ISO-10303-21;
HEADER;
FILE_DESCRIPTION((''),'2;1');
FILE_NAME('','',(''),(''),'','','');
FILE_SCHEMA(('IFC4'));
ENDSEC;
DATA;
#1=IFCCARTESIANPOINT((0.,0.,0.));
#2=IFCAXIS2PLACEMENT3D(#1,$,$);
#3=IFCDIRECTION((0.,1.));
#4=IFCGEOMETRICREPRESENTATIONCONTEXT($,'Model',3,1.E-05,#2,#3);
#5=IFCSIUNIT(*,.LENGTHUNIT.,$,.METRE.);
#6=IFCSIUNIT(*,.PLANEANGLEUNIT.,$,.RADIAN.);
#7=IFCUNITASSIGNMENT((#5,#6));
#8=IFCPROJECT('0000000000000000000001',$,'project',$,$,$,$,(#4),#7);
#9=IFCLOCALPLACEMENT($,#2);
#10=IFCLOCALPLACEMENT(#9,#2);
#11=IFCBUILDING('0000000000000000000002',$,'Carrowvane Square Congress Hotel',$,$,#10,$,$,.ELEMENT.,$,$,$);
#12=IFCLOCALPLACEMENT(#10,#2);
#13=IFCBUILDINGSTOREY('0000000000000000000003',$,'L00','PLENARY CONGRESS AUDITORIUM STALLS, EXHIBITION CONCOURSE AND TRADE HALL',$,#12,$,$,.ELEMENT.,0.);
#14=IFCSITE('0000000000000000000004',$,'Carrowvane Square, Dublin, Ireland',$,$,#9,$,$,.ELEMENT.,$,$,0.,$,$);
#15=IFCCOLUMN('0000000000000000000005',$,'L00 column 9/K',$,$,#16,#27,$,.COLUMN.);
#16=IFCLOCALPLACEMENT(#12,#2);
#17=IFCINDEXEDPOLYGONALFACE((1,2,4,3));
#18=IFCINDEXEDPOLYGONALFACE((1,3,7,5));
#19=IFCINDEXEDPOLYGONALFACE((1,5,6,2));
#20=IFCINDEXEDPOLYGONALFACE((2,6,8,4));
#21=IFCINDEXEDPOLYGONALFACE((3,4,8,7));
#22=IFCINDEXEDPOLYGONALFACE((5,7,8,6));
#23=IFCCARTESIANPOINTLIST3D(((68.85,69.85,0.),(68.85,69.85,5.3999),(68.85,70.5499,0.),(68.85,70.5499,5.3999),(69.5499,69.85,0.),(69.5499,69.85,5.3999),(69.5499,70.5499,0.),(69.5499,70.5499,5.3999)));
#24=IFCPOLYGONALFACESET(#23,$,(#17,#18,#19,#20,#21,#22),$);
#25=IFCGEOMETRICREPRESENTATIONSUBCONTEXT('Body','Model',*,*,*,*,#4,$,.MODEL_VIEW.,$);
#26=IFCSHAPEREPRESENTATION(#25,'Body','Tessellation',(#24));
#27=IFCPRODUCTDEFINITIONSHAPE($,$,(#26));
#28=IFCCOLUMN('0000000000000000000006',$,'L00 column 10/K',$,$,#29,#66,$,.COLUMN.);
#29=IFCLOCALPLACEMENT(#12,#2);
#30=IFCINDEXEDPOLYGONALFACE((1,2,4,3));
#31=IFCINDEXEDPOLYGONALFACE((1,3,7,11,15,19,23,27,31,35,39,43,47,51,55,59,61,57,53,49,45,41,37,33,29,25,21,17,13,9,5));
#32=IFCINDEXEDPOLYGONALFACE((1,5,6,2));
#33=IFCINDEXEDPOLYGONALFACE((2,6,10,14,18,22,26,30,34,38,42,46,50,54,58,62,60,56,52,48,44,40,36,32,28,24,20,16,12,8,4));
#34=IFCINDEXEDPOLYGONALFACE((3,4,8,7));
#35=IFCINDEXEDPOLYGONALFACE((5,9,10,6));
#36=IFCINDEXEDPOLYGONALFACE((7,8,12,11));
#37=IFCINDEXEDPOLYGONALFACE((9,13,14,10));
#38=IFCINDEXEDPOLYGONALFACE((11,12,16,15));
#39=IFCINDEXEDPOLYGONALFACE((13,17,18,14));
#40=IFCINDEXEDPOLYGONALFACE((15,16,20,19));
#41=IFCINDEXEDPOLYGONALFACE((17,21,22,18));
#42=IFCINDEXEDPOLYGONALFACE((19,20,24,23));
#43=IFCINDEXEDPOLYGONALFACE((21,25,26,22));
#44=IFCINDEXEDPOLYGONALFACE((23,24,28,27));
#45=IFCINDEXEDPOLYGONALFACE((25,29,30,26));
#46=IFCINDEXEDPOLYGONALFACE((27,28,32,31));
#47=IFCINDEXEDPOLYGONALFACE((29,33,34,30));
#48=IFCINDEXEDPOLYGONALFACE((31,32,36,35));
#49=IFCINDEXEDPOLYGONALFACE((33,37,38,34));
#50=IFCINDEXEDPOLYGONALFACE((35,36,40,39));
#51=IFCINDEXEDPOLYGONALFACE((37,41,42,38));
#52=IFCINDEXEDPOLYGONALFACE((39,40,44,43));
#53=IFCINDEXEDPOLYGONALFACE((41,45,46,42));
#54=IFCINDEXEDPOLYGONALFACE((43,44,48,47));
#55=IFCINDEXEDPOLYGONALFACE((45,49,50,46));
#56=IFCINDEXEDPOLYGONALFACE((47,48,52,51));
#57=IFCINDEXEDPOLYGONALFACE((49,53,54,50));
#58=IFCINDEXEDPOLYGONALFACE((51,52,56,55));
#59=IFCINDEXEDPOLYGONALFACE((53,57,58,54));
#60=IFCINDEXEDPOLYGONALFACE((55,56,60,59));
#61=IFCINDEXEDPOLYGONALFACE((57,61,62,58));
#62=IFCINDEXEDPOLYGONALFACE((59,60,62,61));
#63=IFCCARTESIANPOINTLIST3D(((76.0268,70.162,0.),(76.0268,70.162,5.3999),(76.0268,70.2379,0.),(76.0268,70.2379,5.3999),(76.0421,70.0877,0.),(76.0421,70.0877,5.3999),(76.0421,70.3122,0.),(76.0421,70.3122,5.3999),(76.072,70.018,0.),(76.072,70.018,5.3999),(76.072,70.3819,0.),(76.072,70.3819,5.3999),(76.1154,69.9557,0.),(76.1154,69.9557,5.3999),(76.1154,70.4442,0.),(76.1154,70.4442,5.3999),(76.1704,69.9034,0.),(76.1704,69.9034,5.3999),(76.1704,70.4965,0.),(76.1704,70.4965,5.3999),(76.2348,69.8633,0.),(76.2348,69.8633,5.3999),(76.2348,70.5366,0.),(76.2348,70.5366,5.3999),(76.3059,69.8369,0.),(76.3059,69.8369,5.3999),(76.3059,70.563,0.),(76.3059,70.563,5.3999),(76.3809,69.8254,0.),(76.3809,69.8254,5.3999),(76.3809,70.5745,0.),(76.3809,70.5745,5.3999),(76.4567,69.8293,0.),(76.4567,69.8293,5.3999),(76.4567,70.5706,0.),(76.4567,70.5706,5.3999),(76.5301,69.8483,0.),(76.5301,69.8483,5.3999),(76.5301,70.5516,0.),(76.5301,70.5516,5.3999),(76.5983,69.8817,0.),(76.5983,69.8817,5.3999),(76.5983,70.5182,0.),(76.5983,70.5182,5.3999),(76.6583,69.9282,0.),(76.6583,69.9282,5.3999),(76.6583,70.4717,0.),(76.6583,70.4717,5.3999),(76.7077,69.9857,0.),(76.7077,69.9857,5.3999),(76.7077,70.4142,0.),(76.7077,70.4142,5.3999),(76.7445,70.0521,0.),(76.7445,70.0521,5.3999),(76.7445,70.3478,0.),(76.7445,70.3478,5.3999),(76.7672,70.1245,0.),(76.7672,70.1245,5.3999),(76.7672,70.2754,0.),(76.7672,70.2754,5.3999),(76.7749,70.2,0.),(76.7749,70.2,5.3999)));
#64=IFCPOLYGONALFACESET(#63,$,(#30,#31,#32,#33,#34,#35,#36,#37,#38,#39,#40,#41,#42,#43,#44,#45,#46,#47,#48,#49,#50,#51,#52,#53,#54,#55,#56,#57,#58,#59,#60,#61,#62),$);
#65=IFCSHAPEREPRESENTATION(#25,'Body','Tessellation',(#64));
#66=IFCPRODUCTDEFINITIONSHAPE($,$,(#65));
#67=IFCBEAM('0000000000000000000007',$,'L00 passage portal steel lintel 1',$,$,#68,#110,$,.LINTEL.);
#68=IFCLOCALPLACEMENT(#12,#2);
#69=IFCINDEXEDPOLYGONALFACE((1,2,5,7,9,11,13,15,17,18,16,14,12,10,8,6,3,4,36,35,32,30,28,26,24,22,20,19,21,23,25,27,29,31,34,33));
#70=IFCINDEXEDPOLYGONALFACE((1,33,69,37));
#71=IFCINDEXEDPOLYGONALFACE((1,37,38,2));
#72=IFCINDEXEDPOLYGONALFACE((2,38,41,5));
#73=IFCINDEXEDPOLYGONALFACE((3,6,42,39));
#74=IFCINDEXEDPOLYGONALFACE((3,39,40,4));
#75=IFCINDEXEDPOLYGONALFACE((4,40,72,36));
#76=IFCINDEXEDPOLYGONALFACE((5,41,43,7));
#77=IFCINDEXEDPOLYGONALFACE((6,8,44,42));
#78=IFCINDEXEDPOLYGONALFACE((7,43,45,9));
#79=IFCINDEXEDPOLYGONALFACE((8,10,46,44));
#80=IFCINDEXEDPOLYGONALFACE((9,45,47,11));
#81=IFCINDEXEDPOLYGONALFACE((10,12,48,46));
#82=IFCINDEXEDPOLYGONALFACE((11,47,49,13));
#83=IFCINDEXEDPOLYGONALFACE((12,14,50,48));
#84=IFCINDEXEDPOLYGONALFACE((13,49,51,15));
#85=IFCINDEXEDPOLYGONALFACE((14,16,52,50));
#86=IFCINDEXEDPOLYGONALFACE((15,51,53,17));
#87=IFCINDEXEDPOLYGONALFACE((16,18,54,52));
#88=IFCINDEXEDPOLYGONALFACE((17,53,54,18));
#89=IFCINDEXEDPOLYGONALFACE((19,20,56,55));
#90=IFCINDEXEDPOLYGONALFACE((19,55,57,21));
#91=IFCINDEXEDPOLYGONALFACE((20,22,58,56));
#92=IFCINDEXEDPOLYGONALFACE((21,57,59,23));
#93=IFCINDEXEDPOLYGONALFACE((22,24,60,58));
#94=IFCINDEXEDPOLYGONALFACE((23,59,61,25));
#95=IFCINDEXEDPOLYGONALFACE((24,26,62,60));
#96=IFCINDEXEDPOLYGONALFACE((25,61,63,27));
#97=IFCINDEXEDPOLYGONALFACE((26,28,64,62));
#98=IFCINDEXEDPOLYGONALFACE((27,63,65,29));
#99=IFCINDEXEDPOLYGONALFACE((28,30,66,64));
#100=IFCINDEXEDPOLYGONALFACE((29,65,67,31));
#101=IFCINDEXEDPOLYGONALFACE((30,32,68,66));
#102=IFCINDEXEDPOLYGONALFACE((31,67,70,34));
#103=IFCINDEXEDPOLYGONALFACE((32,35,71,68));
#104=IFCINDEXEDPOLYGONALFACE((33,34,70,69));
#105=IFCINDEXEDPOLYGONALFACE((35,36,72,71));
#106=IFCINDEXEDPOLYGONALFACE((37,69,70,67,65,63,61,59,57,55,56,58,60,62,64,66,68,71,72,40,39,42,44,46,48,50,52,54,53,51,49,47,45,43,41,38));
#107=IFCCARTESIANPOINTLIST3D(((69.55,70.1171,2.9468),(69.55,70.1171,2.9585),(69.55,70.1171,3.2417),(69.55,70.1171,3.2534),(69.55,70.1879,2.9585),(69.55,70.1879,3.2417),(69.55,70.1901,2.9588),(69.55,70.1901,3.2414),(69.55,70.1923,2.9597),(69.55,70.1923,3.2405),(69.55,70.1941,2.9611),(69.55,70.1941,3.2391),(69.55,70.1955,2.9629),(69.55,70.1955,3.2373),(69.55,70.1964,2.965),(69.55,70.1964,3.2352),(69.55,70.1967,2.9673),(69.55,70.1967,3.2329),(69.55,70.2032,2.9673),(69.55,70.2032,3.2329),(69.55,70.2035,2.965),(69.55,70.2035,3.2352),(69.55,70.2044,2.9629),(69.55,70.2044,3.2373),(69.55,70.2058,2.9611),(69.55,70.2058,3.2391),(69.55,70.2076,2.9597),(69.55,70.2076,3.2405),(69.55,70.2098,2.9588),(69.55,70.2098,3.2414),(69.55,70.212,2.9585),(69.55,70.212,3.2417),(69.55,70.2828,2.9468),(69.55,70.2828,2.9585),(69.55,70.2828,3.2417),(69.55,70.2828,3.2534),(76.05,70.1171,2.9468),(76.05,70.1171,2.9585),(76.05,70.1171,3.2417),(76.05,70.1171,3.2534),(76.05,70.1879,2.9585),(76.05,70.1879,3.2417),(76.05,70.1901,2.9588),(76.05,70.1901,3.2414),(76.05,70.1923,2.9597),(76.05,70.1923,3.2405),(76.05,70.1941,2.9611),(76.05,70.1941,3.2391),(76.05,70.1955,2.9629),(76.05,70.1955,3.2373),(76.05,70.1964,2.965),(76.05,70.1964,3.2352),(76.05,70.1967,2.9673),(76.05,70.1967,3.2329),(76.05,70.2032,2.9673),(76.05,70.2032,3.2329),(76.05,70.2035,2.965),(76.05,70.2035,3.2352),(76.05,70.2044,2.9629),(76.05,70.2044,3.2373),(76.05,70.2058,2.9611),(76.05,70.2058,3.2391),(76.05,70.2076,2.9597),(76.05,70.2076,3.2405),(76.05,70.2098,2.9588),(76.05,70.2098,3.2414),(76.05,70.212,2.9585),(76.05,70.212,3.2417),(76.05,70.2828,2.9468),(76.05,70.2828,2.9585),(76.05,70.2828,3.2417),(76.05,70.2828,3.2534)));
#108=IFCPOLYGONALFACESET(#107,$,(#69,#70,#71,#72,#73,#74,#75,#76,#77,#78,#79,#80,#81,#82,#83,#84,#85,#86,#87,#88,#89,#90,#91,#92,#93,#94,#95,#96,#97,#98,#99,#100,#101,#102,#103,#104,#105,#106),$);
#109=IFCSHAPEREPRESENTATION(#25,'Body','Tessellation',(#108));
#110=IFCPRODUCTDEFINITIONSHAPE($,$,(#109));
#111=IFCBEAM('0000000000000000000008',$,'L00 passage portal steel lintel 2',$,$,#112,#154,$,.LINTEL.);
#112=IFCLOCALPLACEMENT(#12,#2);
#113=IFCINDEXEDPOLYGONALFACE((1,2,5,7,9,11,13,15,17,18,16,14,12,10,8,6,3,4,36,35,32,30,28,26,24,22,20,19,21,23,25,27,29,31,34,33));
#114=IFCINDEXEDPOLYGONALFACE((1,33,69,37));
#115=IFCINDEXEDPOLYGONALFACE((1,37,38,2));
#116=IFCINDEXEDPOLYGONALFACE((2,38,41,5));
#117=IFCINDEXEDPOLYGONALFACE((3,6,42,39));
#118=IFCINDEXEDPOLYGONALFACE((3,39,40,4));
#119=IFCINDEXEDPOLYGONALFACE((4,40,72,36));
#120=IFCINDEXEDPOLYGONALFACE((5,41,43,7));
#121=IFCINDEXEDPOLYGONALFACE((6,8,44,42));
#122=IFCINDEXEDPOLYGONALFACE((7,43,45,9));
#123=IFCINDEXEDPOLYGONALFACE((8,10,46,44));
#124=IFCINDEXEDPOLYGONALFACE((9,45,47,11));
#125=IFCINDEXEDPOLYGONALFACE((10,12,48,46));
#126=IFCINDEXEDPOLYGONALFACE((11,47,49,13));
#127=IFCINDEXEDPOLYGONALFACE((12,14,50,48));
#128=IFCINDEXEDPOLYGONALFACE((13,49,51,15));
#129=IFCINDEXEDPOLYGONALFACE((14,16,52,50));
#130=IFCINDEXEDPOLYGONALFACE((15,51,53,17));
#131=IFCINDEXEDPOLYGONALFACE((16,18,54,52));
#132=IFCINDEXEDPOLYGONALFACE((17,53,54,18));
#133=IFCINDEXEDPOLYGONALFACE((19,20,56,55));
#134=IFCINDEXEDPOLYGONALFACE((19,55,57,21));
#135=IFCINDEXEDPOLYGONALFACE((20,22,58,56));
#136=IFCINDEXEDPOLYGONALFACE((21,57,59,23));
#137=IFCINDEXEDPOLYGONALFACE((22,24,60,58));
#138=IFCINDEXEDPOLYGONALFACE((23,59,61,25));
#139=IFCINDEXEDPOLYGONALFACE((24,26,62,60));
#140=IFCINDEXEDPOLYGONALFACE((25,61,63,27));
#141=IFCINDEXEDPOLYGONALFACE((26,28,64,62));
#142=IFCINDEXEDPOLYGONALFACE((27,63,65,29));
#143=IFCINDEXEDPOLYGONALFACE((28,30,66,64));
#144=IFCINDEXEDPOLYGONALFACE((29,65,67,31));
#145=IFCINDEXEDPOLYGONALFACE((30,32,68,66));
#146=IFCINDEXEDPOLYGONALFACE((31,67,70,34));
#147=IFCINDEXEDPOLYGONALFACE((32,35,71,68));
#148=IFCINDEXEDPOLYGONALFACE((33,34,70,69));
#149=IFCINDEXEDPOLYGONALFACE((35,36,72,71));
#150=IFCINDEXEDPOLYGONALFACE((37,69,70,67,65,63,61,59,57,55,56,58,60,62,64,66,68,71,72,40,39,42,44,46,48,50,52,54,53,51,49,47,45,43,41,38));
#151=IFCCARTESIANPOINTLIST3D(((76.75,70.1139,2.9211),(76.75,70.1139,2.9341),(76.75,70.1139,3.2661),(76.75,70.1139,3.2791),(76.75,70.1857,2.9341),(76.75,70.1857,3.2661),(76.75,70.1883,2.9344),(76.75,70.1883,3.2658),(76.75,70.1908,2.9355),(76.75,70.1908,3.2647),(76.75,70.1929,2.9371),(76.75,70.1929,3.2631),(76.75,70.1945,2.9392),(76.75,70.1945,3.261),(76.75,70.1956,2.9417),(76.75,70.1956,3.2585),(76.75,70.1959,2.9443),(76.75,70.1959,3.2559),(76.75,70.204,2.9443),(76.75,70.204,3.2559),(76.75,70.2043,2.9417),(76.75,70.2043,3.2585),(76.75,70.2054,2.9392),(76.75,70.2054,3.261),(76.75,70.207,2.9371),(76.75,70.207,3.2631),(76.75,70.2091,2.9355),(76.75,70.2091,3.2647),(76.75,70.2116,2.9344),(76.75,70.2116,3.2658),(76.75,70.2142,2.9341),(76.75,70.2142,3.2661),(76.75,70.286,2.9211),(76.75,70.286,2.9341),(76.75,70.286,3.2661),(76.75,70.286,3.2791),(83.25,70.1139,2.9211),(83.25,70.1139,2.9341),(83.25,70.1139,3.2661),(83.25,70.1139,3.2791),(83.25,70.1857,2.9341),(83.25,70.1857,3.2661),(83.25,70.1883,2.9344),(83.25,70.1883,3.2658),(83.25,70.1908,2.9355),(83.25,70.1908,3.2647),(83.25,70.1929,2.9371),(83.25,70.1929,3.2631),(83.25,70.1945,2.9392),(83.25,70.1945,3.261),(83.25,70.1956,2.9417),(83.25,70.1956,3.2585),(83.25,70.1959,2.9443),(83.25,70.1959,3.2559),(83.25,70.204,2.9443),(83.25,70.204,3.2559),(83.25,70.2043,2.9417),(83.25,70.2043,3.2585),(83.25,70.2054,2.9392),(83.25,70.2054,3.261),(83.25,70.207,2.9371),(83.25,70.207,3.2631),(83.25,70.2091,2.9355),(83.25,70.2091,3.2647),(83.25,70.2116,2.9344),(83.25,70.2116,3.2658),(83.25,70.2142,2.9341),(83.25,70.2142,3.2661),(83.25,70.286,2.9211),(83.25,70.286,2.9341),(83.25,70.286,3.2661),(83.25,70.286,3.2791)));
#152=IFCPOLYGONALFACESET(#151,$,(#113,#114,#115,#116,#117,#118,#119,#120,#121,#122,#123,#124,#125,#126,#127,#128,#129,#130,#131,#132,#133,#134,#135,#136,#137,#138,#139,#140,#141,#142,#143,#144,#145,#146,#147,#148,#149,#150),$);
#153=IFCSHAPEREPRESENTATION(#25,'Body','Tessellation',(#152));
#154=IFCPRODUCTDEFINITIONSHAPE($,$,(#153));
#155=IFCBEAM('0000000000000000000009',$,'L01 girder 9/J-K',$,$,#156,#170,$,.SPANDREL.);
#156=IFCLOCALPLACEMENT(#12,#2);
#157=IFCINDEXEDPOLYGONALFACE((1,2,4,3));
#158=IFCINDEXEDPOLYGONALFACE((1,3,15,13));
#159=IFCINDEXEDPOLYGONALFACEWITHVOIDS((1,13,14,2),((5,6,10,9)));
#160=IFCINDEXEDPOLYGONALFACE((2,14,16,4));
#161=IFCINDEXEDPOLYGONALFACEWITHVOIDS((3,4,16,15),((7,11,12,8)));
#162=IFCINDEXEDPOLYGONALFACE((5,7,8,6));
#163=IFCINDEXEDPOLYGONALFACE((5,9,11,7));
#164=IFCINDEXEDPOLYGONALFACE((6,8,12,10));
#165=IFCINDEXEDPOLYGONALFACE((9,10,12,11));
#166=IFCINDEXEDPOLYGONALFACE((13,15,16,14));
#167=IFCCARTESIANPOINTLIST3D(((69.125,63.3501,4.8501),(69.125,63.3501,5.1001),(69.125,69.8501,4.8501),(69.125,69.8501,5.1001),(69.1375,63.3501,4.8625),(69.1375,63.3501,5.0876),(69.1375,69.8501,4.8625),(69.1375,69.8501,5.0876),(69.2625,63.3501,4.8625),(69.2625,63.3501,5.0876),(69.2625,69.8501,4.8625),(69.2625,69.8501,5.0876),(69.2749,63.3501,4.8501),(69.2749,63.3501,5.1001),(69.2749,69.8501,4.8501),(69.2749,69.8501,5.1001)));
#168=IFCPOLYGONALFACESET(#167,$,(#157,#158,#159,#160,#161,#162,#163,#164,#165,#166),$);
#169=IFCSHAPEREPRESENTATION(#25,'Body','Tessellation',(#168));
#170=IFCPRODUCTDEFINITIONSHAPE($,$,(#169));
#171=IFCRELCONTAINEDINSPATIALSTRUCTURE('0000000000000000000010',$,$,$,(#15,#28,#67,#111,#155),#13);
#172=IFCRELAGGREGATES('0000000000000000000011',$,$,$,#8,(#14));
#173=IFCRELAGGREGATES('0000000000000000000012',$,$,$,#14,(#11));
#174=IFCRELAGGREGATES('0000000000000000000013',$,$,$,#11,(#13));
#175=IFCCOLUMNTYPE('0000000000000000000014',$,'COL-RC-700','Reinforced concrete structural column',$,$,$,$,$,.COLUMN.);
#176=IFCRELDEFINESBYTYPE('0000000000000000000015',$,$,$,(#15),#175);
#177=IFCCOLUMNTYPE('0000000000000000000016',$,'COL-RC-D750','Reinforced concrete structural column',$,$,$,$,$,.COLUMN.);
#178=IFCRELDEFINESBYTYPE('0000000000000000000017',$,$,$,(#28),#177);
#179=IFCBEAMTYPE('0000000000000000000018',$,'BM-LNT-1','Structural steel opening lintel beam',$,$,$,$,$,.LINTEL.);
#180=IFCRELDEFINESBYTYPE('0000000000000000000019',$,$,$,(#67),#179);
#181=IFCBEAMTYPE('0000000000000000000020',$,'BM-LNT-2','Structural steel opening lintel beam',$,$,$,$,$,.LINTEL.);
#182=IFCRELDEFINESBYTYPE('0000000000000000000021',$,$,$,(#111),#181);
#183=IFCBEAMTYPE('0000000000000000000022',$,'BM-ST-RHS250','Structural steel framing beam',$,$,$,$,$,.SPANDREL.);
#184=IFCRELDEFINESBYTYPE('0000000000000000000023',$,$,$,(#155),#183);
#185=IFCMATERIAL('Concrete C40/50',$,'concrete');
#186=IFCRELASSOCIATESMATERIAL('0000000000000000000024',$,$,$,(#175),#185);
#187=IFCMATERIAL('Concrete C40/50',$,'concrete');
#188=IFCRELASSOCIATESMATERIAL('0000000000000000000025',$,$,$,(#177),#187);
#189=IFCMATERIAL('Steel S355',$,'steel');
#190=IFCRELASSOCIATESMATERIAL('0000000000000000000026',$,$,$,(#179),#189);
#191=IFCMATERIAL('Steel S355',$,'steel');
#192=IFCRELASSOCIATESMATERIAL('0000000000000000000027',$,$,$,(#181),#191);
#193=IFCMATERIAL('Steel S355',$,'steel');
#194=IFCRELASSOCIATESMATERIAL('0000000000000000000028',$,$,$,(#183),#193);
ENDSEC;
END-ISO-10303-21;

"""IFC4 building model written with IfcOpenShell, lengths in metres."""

from ifc_helpers import new_model, si_unit, direction, frame, origin, origin_2d, place, context, subcontext, project, spatial, rectangle, hollow_rectangle, circle, i_section, extrude, material, material_profile, profile_set, type_object, element, save


model = new_model("IFC4")

# Units and contexts
model_context = context("Model", 3, precision=1e-05, world=origin(), true_north=direction((0.0, 1.0)))
body_context = subcontext(model_context, "Body", "Model", "MODEL_VIEW")
ifc_project = project(units=[si_unit("LENGTHUNIT", "METRE"), si_unit("PLANEANGLEUNIT", "RADIAN")], contexts=[model_context])

# Site, building, storey
site_placement = place(None, origin())
site = spatial("IfcSite", under=ifc_project, at=site_placement, Name="Carrowvane Square, Dublin, Ireland", CompositionType="ELEMENT", RefElevation=0.0)
building_placement = place(site_placement, origin())
building = spatial("IfcBuilding", under=site, at=building_placement, Name="Carrowvane Square Congress Hotel", CompositionType="ELEMENT")
storey_placement = place(building_placement, origin())
storey = spatial("IfcBuildingStorey", under=building, at=storey_placement, Name="L00", Description="PLENARY CONGRESS AUDITORIUM STALLS, EXHIBITION CONCOURSE AND TRADE HALL", CompositionType="ELEMENT", Elevation=0.0)

# Columns
ifc_material_1 = material(Name="Concrete C40/50", Category="concrete")
ifc_material_profile_1 = material_profile(ifc_material_1, rectangle(XDim=0.7, YDim=0.7, at=origin_2d()), Name="RC 700x700")
ifc_profile_set_1 = profile_set([ifc_material_profile_1], Name="Concrete C40/50")
column_type_1 = type_object("IfcColumnType", Name="COL-RC-700", Description="Reinforced concrete structural column", PredefinedType="COLUMN", material=ifc_profile_set_1)
column_1_placement = place(storey_placement, frame((69.2, 70.2, 0.0), z_axis=(0.0, 0.0, 1.0), x_axis=(1.0, 0.0, 0.0)))
element("IfcColumn", 1, at=column_1_placement, inside=storey, type_object=column_type_1, Name="L00 column 9/K", PredefinedType="COLUMN", context=body_context, shape_type="SweptSolid", body=[
    extrude(rectangle(XDim=0.7, YDim=0.7, at=origin_2d()), origin(), (0.0, 0.0, 1.0), 5.3999),
])
ifc_material_2 = material(Name="Concrete C40/50", Category="concrete")
ifc_material_profile_2 = material_profile(ifc_material_2, circle(Radius=0.375, at=origin_2d()), Name="RC D750")
ifc_profile_set_2 = profile_set([ifc_material_profile_2], Name="Concrete C40/50")
column_type_2 = type_object("IfcColumnType", Name="COL-RC-D750", Description="Reinforced concrete structural column", PredefinedType="COLUMN", material=ifc_profile_set_2)
column_2_placement = place(storey_placement, frame((76.3999, 70.2, 0.0), z_axis=(0.0, 0.0, 1.0), x_axis=(1.0, 0.0, 0.0)))
element("IfcColumn", 2, at=column_2_placement, inside=storey, type_object=column_type_2, Name="L00 column 10/K", PredefinedType="COLUMN", context=body_context, shape_type="SweptSolid", body=[
    extrude(circle(Radius=0.375, at=origin_2d()), origin(), (0.0, 0.0, 1.0), 5.3999),
])

# Beams
ifc_material_3 = material(Name="Steel S355", Category="steel")
ifc_material_profile_3 = material_profile(ifc_material_3, i_section(OverallWidth=0.1658, OverallDepth=0.3066, WebThickness=0.0066, FlangeThickness=0.0117, FilletRadius=0.0088, at=origin_2d()), Name="UKB 305x165x46")
ifc_profile_set_3 = profile_set([ifc_material_profile_3], Name="Steel S355")
beam_type_1 = type_object("IfcBeamType", Name="BM-LNT-1", Description="Structural steel opening lintel beam", PredefinedType="LINTEL", material=ifc_profile_set_3)
beam_1_placement = place(storey_placement, frame((69.55, 70.2, 3.1001), z_axis=(1.0, 0.0, 0.0), x_axis=(0.0, 1.0, 0.0)))
element("IfcBeam", 3, at=beam_1_placement, inside=storey, type_object=beam_type_1, Name="L00 passage portal steel lintel 1", PredefinedType="LINTEL", context=body_context, shape_type="SweptSolid", body=[
    extrude(i_section(OverallWidth=0.1658, OverallDepth=0.3066, WebThickness=0.0066, FlangeThickness=0.0117, FilletRadius=0.0088, at=origin_2d()), origin(), (0.0, 0.0, 1.0), 6.5),
])
ifc_material_4 = material(Name="Steel S355", Category="steel")
ifc_material_profile_4 = material_profile(ifc_material_4, i_section(OverallWidth=0.1721, OverallDepth=0.3579, WebThickness=0.0081, FlangeThickness=0.0129, FilletRadius=0.0103, at=origin_2d()), Name="UKB 356x171x57")
ifc_profile_set_4 = profile_set([ifc_material_profile_4], Name="Steel S355")
beam_type_2 = type_object("IfcBeamType", Name="BM-LNT-2", Description="Structural steel opening lintel beam", PredefinedType="LINTEL", material=ifc_profile_set_4)
beam_2_placement = place(storey_placement, frame((76.75, 70.2, 3.1001), z_axis=(1.0, 0.0, 0.0), x_axis=(0.0, 1.0, 0.0)))
element("IfcBeam", 4, at=beam_2_placement, inside=storey, type_object=beam_type_2, Name="L00 passage portal steel lintel 2", PredefinedType="LINTEL", context=body_context, shape_type="SweptSolid", body=[
    extrude(i_section(OverallWidth=0.1721, OverallDepth=0.3579, WebThickness=0.0081, FlangeThickness=0.0129, FilletRadius=0.0103, at=origin_2d()), origin(), (0.0, 0.0, 1.0), 6.5),
])
ifc_material_5 = material(Name="Steel S355", Category="steel")
ifc_material_profile_5 = material_profile(ifc_material_5, hollow_rectangle(XDim=0.1499, YDim=0.25, WallThickness=0.0125, at=origin_2d()), Name="RHS 250x150x12.5")
ifc_profile_set_5 = profile_set([ifc_material_profile_5], Name="Steel S355")
beam_type_3 = type_object("IfcBeamType", Name="BM-ST-RHS250", Description="Structural steel framing beam", PredefinedType="SPANDREL", material=ifc_profile_set_5)
beam_3_placement = place(storey_placement, frame((69.2, 63.3501, 4.9751), z_axis=(0.0, 1.0, 0.0), x_axis=(-1.0, 0.0, 0.0)))
element("IfcBeam", 5, at=beam_3_placement, inside=storey, type_object=beam_type_3, Name="L01 girder 9/J-K", PredefinedType="SPANDREL", context=body_context, shape_type="SweptSolid", body=[
    extrude(hollow_rectangle(XDim=0.1499, YDim=0.25, WallThickness=0.0125, at=origin_2d()), origin(), (0.0, 0.0, 1.0), 6.5),
])

save(model, "model.ifc")
